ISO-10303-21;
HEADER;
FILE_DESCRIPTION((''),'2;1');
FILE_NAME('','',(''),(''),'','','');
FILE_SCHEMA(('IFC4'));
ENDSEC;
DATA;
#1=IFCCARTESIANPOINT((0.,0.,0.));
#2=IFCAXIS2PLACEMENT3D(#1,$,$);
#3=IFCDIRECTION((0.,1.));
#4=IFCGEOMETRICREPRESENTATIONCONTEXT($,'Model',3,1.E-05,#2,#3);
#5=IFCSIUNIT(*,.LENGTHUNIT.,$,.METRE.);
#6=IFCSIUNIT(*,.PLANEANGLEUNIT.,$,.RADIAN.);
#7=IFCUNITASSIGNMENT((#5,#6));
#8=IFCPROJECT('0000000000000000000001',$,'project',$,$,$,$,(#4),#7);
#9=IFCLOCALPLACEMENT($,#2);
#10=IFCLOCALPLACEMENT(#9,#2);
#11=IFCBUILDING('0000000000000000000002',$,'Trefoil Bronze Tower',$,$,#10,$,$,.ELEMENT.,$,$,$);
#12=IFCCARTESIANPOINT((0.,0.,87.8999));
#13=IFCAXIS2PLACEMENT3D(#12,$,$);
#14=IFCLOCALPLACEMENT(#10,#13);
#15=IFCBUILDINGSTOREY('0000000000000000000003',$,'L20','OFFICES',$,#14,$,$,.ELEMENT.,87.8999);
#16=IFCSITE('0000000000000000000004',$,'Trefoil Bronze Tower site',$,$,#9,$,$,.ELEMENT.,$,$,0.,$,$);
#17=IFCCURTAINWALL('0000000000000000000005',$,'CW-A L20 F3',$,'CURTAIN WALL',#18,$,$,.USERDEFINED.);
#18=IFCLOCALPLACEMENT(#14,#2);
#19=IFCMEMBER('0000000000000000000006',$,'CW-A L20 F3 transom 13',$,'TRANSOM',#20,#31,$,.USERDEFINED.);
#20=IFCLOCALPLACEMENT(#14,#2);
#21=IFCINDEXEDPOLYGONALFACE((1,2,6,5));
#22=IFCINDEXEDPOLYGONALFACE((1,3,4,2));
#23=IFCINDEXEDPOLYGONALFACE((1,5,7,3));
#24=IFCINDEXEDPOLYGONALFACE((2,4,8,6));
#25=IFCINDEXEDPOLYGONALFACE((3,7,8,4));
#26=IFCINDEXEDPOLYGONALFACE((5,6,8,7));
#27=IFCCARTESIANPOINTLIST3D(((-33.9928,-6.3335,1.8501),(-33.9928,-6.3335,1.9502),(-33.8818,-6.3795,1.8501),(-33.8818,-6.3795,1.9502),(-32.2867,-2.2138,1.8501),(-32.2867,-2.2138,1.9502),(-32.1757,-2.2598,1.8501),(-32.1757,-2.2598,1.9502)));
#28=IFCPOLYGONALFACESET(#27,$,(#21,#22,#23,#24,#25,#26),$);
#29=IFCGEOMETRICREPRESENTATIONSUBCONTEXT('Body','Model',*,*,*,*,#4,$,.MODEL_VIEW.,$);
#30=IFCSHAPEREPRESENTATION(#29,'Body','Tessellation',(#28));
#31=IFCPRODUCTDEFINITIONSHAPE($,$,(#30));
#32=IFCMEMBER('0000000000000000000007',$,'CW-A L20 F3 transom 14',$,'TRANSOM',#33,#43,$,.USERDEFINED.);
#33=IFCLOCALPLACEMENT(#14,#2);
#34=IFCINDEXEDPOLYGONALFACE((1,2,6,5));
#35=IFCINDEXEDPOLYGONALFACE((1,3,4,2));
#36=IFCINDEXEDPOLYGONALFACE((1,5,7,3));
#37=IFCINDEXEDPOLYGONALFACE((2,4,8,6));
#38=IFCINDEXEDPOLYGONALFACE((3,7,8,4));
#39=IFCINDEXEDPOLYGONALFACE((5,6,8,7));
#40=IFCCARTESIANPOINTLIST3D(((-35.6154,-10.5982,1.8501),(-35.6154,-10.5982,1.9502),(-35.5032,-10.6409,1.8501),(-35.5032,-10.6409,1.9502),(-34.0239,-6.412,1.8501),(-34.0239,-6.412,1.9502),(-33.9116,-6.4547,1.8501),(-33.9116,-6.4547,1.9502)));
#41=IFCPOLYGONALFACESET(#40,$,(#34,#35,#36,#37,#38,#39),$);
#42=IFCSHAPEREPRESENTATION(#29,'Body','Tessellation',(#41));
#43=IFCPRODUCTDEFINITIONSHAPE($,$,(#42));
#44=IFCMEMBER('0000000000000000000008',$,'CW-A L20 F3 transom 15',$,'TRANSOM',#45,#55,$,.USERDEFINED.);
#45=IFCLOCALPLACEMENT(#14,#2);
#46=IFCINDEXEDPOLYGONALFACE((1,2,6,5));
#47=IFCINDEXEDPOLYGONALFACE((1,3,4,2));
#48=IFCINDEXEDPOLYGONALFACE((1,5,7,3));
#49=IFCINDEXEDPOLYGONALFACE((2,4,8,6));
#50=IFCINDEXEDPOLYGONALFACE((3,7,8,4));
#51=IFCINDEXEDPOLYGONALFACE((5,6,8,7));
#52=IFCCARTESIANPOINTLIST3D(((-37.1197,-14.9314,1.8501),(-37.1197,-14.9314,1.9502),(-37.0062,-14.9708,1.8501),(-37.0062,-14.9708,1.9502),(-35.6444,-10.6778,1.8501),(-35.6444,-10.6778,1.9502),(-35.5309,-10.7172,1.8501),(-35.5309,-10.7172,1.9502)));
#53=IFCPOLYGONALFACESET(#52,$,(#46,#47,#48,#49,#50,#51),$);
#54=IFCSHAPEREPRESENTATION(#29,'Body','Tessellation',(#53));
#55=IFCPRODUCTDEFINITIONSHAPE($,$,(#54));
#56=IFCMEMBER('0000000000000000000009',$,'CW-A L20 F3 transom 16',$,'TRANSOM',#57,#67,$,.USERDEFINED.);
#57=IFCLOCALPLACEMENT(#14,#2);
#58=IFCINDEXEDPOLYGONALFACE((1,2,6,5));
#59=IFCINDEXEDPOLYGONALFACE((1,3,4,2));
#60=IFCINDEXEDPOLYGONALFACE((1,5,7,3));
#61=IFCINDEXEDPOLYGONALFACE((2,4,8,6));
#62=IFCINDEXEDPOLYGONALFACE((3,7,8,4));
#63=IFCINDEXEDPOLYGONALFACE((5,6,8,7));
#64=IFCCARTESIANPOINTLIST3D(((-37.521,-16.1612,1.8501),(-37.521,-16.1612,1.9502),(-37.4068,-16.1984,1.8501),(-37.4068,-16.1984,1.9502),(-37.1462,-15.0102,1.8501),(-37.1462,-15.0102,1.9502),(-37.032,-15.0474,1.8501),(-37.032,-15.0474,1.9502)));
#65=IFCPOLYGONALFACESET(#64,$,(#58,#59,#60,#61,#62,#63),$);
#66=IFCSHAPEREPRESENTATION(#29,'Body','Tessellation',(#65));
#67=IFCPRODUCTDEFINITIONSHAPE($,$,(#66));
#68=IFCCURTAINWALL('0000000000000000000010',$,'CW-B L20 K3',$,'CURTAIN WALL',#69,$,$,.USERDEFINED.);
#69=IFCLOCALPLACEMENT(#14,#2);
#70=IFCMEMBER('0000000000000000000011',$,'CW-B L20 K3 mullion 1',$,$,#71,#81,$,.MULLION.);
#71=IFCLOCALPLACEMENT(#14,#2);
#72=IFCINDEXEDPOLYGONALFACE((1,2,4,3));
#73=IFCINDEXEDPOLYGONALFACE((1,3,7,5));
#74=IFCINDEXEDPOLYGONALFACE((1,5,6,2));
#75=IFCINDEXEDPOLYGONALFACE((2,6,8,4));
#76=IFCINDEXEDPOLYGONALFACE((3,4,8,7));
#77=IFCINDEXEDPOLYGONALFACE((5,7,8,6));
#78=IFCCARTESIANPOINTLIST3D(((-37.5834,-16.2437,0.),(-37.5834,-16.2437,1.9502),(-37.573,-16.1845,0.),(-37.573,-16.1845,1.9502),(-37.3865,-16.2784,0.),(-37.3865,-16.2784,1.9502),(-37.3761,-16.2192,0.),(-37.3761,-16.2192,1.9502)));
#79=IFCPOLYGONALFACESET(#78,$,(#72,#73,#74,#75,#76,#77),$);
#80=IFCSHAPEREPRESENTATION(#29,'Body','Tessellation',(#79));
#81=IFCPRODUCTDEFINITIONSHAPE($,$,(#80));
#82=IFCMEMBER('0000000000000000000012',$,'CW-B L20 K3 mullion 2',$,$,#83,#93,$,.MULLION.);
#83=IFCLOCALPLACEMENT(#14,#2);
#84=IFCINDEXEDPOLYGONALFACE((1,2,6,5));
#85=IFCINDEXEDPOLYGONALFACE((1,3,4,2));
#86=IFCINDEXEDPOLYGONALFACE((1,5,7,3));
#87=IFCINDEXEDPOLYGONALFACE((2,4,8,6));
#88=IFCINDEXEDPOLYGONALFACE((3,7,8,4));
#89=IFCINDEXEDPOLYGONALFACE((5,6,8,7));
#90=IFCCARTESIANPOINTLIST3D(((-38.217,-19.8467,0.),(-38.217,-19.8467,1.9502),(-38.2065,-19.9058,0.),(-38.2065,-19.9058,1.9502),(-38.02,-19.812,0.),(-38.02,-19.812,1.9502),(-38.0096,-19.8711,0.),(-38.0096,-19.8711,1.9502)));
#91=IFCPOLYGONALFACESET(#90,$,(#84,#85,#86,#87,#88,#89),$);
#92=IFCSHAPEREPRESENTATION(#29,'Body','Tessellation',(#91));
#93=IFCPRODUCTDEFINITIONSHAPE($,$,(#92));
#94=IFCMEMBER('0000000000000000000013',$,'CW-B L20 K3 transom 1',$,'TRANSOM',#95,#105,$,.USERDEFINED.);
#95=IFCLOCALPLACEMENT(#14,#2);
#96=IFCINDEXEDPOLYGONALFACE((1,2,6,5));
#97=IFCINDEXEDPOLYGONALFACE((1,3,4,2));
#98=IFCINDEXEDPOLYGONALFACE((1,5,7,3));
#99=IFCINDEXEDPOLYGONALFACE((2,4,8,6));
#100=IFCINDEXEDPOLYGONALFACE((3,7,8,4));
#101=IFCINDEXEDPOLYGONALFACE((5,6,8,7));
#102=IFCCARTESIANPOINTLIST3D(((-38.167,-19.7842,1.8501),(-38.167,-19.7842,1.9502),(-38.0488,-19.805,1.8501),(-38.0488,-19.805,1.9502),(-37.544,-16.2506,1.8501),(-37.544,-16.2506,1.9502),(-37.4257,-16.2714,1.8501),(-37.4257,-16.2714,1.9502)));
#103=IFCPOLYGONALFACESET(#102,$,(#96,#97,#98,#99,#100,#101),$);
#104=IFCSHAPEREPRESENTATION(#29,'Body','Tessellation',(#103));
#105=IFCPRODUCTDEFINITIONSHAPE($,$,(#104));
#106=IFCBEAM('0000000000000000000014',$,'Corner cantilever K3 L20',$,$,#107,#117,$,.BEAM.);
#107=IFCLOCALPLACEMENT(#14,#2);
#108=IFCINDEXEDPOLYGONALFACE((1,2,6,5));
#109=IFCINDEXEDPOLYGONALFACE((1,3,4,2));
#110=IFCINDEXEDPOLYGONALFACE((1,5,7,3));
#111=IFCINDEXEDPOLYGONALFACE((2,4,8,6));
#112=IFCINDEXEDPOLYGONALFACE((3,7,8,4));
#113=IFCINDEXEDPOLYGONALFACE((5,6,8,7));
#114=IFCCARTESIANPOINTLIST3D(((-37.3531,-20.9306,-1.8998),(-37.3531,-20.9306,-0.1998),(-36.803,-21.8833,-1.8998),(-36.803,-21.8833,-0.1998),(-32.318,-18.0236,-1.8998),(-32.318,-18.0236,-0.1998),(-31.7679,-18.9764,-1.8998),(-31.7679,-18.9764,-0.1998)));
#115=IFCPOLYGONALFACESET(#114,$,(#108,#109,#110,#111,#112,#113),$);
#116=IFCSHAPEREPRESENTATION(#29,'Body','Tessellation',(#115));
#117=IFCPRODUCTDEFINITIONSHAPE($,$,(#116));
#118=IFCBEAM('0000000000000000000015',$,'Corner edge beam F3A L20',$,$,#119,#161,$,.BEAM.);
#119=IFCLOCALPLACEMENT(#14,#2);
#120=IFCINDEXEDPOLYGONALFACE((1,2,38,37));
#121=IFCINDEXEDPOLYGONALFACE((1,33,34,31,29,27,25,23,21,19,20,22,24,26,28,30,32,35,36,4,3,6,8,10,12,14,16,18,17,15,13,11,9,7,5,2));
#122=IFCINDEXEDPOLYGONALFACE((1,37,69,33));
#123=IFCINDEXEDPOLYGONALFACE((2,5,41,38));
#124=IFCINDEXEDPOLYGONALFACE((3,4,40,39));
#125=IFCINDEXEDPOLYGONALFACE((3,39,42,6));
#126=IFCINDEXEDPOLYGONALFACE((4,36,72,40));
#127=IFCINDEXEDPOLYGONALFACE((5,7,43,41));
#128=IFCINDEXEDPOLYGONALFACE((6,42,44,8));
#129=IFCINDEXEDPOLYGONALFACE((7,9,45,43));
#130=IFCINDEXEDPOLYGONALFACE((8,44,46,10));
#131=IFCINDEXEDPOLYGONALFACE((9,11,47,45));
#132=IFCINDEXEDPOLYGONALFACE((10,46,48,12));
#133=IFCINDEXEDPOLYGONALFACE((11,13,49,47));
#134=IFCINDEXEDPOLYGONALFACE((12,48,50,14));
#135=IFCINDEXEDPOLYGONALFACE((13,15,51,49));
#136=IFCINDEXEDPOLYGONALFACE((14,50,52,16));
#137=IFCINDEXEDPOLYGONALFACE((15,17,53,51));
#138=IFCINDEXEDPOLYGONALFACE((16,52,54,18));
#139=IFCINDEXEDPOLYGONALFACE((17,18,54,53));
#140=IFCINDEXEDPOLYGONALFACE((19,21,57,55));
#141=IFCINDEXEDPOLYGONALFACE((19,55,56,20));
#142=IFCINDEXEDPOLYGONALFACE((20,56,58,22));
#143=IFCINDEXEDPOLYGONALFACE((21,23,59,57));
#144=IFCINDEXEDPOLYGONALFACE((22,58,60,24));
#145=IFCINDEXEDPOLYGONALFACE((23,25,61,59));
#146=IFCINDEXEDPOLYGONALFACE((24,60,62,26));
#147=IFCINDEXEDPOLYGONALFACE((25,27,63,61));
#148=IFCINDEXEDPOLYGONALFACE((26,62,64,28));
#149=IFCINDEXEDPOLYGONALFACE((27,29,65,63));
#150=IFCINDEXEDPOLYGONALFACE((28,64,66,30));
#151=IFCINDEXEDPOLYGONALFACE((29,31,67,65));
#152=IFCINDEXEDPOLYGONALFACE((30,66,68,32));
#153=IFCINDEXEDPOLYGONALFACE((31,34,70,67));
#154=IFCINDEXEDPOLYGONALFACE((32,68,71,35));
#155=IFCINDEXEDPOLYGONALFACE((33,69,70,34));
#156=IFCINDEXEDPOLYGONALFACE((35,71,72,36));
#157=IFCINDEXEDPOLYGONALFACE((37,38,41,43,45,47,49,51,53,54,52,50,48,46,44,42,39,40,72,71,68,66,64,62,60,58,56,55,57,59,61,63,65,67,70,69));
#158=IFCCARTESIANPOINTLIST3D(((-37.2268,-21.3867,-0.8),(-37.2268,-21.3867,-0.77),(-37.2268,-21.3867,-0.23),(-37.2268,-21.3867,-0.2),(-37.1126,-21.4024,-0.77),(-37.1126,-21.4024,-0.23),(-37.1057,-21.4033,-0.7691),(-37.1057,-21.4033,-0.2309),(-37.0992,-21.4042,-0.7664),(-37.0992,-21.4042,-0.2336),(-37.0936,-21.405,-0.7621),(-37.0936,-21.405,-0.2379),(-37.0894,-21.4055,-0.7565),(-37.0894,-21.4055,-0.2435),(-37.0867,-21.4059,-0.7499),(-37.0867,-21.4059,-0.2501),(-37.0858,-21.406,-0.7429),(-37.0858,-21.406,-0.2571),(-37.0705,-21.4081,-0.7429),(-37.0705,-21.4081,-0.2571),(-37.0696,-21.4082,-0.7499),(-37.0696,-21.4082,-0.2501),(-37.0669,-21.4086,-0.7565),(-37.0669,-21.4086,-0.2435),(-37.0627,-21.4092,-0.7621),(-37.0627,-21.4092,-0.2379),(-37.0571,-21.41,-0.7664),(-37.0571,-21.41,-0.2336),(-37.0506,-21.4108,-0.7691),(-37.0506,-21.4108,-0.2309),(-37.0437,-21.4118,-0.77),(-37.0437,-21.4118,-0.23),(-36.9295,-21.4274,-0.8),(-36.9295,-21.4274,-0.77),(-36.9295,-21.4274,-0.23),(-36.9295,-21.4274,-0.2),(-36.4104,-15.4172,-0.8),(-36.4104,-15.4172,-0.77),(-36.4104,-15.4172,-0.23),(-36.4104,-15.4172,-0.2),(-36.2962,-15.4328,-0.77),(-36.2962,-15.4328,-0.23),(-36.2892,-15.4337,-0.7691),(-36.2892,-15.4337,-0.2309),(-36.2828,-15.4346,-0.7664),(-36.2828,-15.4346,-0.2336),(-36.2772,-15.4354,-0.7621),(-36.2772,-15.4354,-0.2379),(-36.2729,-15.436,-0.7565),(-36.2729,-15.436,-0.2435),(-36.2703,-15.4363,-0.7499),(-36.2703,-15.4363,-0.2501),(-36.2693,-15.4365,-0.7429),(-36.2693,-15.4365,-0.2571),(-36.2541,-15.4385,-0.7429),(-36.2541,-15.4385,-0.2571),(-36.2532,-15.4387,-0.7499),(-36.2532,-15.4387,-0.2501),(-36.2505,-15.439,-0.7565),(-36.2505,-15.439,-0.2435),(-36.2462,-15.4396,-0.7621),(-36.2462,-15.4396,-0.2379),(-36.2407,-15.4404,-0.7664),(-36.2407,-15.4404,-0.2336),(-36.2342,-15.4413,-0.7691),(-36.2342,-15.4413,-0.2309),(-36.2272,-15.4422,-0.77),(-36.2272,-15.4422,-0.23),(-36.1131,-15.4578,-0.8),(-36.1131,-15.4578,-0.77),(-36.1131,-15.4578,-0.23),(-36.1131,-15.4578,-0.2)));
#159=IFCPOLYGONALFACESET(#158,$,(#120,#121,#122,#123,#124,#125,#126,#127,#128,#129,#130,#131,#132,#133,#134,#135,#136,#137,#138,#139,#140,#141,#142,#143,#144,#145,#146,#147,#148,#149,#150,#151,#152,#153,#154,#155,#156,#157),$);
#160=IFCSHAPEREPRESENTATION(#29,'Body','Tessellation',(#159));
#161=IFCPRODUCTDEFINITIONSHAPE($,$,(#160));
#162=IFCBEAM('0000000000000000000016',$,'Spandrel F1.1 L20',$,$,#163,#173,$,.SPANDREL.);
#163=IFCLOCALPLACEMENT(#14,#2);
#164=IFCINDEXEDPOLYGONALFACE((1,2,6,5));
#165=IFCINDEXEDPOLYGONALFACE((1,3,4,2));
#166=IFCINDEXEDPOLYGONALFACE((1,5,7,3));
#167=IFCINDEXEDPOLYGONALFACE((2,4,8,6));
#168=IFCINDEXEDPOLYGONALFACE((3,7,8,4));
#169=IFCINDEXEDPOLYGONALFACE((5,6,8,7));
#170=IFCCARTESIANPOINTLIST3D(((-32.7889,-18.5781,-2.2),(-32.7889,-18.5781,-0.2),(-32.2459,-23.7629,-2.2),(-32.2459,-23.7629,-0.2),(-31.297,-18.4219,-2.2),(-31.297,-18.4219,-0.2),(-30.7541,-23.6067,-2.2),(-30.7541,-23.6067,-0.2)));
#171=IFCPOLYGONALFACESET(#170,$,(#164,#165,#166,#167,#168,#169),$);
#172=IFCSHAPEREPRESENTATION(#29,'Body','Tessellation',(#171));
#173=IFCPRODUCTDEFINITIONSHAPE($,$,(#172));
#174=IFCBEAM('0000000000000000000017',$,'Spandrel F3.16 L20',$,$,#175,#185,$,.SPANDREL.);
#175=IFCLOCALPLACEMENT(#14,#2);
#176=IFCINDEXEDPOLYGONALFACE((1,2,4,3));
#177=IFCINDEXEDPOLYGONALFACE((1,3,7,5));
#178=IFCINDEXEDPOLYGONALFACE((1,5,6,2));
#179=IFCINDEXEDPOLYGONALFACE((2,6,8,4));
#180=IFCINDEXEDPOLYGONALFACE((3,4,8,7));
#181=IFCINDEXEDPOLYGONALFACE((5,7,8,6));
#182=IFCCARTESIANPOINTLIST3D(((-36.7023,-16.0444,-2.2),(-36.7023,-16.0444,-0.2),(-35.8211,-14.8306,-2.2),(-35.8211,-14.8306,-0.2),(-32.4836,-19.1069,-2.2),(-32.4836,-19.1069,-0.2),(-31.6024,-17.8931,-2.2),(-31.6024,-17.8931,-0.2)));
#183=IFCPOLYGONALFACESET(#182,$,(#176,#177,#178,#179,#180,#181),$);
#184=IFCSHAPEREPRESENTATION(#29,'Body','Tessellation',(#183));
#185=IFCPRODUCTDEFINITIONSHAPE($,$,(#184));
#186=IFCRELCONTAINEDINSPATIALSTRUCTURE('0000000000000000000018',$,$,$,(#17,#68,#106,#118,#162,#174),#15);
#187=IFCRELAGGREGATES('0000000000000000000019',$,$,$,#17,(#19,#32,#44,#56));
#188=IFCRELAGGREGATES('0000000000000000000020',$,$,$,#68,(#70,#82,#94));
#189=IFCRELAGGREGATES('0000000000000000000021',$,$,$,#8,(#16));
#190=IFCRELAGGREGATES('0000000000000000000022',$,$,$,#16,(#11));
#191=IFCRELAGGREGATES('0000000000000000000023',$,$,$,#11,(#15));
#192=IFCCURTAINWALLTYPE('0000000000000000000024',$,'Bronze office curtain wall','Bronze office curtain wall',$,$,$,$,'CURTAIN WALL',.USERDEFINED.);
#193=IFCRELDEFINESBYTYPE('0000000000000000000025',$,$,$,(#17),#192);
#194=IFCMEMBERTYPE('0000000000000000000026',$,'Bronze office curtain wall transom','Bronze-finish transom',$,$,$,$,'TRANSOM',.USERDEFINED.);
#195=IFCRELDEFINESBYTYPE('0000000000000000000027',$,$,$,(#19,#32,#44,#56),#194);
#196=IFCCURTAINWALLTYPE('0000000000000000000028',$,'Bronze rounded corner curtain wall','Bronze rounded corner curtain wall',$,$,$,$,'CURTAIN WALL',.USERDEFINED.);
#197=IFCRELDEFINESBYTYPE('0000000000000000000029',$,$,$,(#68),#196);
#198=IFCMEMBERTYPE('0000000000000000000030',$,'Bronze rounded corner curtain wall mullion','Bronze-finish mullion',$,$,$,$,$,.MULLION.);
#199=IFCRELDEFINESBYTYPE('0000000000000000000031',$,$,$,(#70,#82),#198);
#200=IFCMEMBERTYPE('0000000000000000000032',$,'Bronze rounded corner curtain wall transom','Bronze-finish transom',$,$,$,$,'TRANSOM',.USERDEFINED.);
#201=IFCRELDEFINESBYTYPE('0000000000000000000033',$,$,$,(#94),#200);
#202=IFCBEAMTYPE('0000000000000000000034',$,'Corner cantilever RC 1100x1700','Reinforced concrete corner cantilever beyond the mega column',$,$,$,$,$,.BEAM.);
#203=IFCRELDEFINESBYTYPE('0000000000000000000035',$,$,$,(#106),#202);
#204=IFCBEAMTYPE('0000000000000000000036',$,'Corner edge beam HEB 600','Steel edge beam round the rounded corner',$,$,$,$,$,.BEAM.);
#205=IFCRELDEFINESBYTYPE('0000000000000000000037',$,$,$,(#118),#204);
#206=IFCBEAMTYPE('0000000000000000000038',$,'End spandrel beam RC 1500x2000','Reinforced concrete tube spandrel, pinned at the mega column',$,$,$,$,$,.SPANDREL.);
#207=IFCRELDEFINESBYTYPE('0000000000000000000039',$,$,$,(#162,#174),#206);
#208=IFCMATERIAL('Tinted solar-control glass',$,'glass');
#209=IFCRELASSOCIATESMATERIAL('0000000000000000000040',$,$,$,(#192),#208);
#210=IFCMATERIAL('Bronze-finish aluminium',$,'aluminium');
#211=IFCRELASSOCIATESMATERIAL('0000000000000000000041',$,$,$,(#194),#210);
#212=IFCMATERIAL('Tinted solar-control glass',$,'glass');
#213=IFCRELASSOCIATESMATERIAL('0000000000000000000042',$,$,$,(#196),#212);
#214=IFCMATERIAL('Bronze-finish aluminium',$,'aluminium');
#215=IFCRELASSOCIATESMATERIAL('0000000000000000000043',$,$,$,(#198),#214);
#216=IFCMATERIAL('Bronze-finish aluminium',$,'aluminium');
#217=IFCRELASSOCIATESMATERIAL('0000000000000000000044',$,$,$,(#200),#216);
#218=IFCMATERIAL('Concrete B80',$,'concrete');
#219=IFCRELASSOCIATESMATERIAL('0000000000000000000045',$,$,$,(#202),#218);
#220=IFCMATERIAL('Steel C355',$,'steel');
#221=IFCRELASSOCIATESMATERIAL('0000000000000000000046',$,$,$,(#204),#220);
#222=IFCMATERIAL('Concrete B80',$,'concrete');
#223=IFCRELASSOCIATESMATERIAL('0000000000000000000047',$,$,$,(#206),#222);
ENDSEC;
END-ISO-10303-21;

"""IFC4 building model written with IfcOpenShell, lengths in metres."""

from ifc_helpers import new_model, si_unit, direction, frame, origin, origin_2d, place, context, subcontext, project, spatial, rectangle, i_section, extrude, material, material_profile, profile_set, type_object, element, aggregate, save


model = new_model("IFC4")

# Units and contexts
model_context = context("Model", 3, precision=1e-05, world=origin(), true_north=direction((0.0, 1.0)))
body_context = subcontext(model_context, "Body", "Model", "MODEL_VIEW")
ifc_project = project(units=[si_unit("LENGTHUNIT", "METRE"), si_unit("PLANEANGLEUNIT", "RADIAN")], contexts=[model_context])

# Site, building, storey
site_placement = place(None, origin())
site = spatial("IfcSite", under=ifc_project, at=site_placement, Name="Trefoil Bronze Tower site", CompositionType="ELEMENT", RefElevation=0.0)
building_placement = place(site_placement, origin())
building = spatial("IfcBuilding", under=site, at=building_placement, Name="Trefoil Bronze Tower", CompositionType="ELEMENT")
storey_placement = place(building_placement, frame((0.0, 0.0, 87.8999)))
storey = spatial("IfcBuildingStorey", under=building, at=storey_placement, Name="L20", Description="OFFICES", CompositionType="ELEMENT", Elevation=87.8999)

# Curtain walls, members
ifc_material_1 = material(Name="Tinted solar-control glass", Category="glass")
curtain_wall_type_1 = type_object("IfcCurtainWallType", Name="Bronze office curtain wall", Description="Bronze office curtain wall", ElementType="CURTAIN WALL", PredefinedType="USERDEFINED", material=ifc_material_1)
curtain_wall_1_placement = place(storey_placement, origin())
curtain_wall_1 = element("IfcCurtainWall", 1, at=curtain_wall_1_placement, inside=storey, type_object=curtain_wall_type_1, Name="CW-A L20 F3", ObjectType="CURTAIN WALL", PredefinedType="USERDEFINED")
ifc_material_2 = material(Name="Bronze-finish aluminium", Category="aluminium")
ifc_material_profile_1 = material_profile(ifc_material_2, rectangle(XDim=0.1201, YDim=0.1001, at=origin_2d()), Name="CW-A transom")
ifc_profile_set_1 = profile_set([ifc_material_profile_1], Name="Bronze-finish aluminium")
member_type_1 = type_object("IfcMemberType", Name="Bronze office curtain wall transom", Description="Bronze-finish transom", ElementType="TRANSOM", PredefinedType="USERDEFINED", material=ifc_profile_set_1)
member_1_placement = place(storey_placement, frame((-32.2312, -2.2368, 1.9001), z_axis=(-0.382616, -0.923907, 0.0), x_axis=(0.923907, -0.382616, 0.0)))
member_1 = element("IfcMember", 2, at=member_1_placement, type_object=member_type_1, Name="CW-A L20 F3 transom 13", ObjectType="TRANSOM", PredefinedType="USERDEFINED", context=body_context, shape_type="SweptSolid", body=[
    extrude(rectangle(XDim=0.1201, YDim=0.1001, at=origin_2d()), origin(), (0.0, 0.0, 1.0), 4.459),
])
member_2_placement = place(storey_placement, frame((-33.9678, -6.4333, 1.9001), z_axis=(-0.355367, -0.934727, 0.0), x_axis=(0.934727, -0.355367, 0.0)))
member_2 = element("IfcMember", 3, at=member_2_placement, type_object=member_type_1, Name="CW-A L20 F3 transom 14", ObjectType="TRANSOM", PredefinedType="USERDEFINED", context=body_context, shape_type="SweptSolid", body=[
    extrude(rectangle(XDim=0.1201, YDim=0.1001, at=origin_2d()), origin(), (0.0, 0.0, 1.0), 4.4785),
])
member_3_placement = place(storey_placement, frame((-35.5876, -10.6975, 1.9001), z_axis=(-0.32769, -0.944785, 0.0), x_axis=(0.944785, -0.32769, 0.0)))
member_3 = element("IfcMember", 4, at=member_3_placement, type_object=member_type_1, Name="CW-A L20 F3 transom 15", ObjectType="TRANSOM", PredefinedType="USERDEFINED", context=body_context, shape_type="SweptSolid", body=[
    extrude(rectangle(XDim=0.1201, YDim=0.1001, at=origin_2d()), origin(), (0.0, 0.0, 1.0), 4.5022),
])
member_4_placement = place(storey_placement, frame((-37.0891, -15.0288, 1.9001), z_axis=(-0.309624, -0.950859, 0.0), x_axis=(0.950859, -0.309624, 0.0)))
member_4 = element("IfcMember", 5, at=member_4_placement, type_object=member_type_1, Name="CW-A L20 F3 transom 16", ObjectType="TRANSOM", PredefinedType="USERDEFINED", context=body_context, shape_type="SweptSolid", body=[
    extrude(rectangle(XDim=0.1201, YDim=0.1001, at=origin_2d()), origin(), (0.0, 0.0, 1.0), 1.2104),
])
ifc_material_3 = material(Name="Tinted solar-control glass", Category="glass")
curtain_wall_type_2 = type_object("IfcCurtainWallType", Name="Bronze rounded corner curtain wall", Description="Bronze rounded corner curtain wall", ElementType="CURTAIN WALL", PredefinedType="USERDEFINED", material=ifc_material_3)
curtain_wall_2_placement = place(storey_placement, origin())
curtain_wall_2 = element("IfcCurtainWall", 6, at=curtain_wall_2_placement, inside=storey, type_object=curtain_wall_type_2, Name="CW-B L20 K3", ObjectType="CURTAIN WALL", PredefinedType="USERDEFINED")
ifc_material_4 = material(Name="Bronze-finish aluminium", Category="aluminium")
ifc_material_profile_2 = material_profile(ifc_material_4, rectangle(XDim=0.2, YDim=0.0601, at=origin_2d()), Name="CW-B mullion")
ifc_profile_set_2 = profile_set([ifc_material_profile_2], Name="Bronze-finish aluminium")
member_type_2 = type_object("IfcMemberType", Name="Bronze rounded corner curtain wall mullion", Description="Bronze-finish mullion", PredefinedType="MULLION", material=ifc_profile_set_2)
member_5_placement = place(storey_placement, frame((-37.4797, -16.2314, 0.0), z_axis=(0.0, 0.0, 1.0), x_axis=(0.984808, -0.173648, 0.0)))
member_5 = element("IfcMember", 7, at=member_5_placement, type_object=member_type_2, Name="CW-B L20 K3 mullion 1", PredefinedType="MULLION", context=body_context, shape_type="SweptSolid", body=[
    extrude(rectangle(XDim=0.2, YDim=0.0601, at=origin_2d()), origin(), (0.0, 0.0, 1.0), 1.9502),
])
member_6_placement = place(storey_placement, frame((-38.1133, -19.8589, 0.0), z_axis=(0.0, 0.0, 1.0), x_axis=(0.984808, 0.173648, 0.0)))
member_6 = element("IfcMember", 8, at=member_6_placement, type_object=member_type_2, Name="CW-B L20 K3 mullion 2", PredefinedType="MULLION", context=body_context, shape_type="SweptSolid", body=[
    extrude(rectangle(XDim=0.2, YDim=0.0601, at=origin_2d()), origin(), (0.0, 0.0, 1.0), 1.9502),
])
ifc_material_5 = material(Name="Bronze-finish aluminium", Category="aluminium")
ifc_material_profile_3 = material_profile(ifc_material_5, rectangle(XDim=0.1201, YDim=0.1001, at=origin_2d()), Name="CW-B transom")
ifc_profile_set_3 = profile_set([ifc_material_profile_3], Name="Bronze-finish aluminium")
member_type_3 = type_object("IfcMemberType", Name="Bronze rounded corner curtain wall transom", Description="Bronze-finish transom", ElementType="TRANSOM", PredefinedType="USERDEFINED", material=ifc_profile_set_3)
member_7_placement = place(storey_placement, frame((-37.4849, -16.261, 1.9001), z_axis=(-0.173638, -0.98481, 0.0), x_axis=(0.98481, -0.173638, 0.0)))
member_7 = element("IfcMember", 9, at=member_7_placement, type_object=member_type_3, Name="CW-B L20 K3 transom 1", ObjectType="TRANSOM", PredefinedType="USERDEFINED", context=body_context, shape_type="SweptSolid", body=[
    extrude(rectangle(XDim=0.1201, YDim=0.1001, at=origin_2d()), origin(), (0.0, 0.0, 1.0), 3.5881),
])

# Beams
ifc_material_6 = material(Name="Concrete B80", Category="concrete")
ifc_material_profile_4 = material_profile(ifc_material_6, rectangle(XDim=1.1001, YDim=1.7, at=origin_2d()), Name="RC 1100x1700")
ifc_profile_set_4 = profile_set([ifc_material_profile_4], Name="Concrete B80")
beam_type_1 = type_object("IfcBeamType", Name="Corner cantilever RC 1100x1700", Description="Reinforced concrete corner cantilever beyond the mega column", PredefinedType="BEAM", material=ifc_profile_set_4)
beam_1_placement = place(storey_placement, frame((-32.043, -18.5, -1.0498), z_axis=(-0.86603, -0.499991, 0.0), x_axis=(0.499991, -0.86603, 0.0)))
element("IfcBeam", 10, at=beam_1_placement, inside=storey, type_object=beam_type_1, Name="Corner cantilever K3 L20", PredefinedType="BEAM", context=body_context, shape_type="SweptSolid", body=[
    extrude(rectangle(XDim=1.1001, YDim=1.7, at=origin_2d()), origin(), (0.0, 0.0, 1.0), 5.814),
])
ifc_material_7 = material(Name="Steel C355", Category="steel")
ifc_material_profile_5 = material_profile(ifc_material_7, i_section(OverallWidth=0.3, OverallDepth=0.6001, WebThickness=0.0154, FlangeThickness=0.03, FilletRadius=0.0271, at=origin_2d()), Name="HEB 600")
ifc_profile_set_5 = profile_set([ifc_material_profile_5], Name="Steel C355")
beam_type_2 = type_object("IfcBeamType", Name="Corner edge beam HEB 600", Description="Steel edge beam round the rounded corner", PredefinedType="BEAM", material=ifc_profile_set_5)
beam_2_placement = place(storey_placement, frame((-36.2617, -15.4375, -0.5), z_axis=(-0.135502, -0.990777, 0.0), x_axis=(0.990777, -0.135502, 0.0)))
element("IfcBeam", 11, at=beam_2_placement, inside=storey, type_object=beam_type_2, Name="Corner edge beam F3A L20", PredefinedType="BEAM", context=body_context, shape_type="SweptSolid", body=[
    extrude(i_section(OverallWidth=0.3, OverallDepth=0.6001, WebThickness=0.0154, FlangeThickness=0.03, FilletRadius=0.0271, at=origin_2d()), origin(), (0.0, 0.0, 1.0), 6.0251),
])
ifc_material_8 = material(Name="Concrete B80", Category="concrete")
ifc_material_profile_6 = material_profile(ifc_material_8, rectangle(XDim=1.5, YDim=2.0, at=origin_2d()), Name="RC 1500x2000")
ifc_profile_set_6 = profile_set([ifc_material_profile_6], Name="Concrete B80")
beam_type_3 = type_object("IfcBeamType", Name="End spandrel beam RC 1500x2000", Description="Reinforced concrete tube spandrel, pinned at the mega column", PredefinedType="SPANDREL", material=ifc_profile_set_6)
for number, where, z_axis, x_axis, name in (
    (12, (-32.043, -18.5, -1.2), (0.104153, -0.994561, 0.0), (0.994561, 0.104153, 0.0), "Spandrel F1.1 L20"),
    (13, (-36.2617, -15.4375, -1.2), (0.809254, -0.587459, 0.0), (0.587459, 0.809254, 0.0), "Spandrel F3.16 L20"),
):
    element("IfcBeam", number, at=place(storey_placement, frame(where, z_axis=z_axis, x_axis=x_axis)), inside=storey, type_object=beam_type_3, Name=name, PredefinedType="SPANDREL", context=body_context, shape_type="SweptSolid", body=[
        extrude(rectangle(XDim=1.5, YDim=2.0, at=origin_2d()), origin(), (0.0, 0.0, 1.0), 5.2131),
    ])

aggregate(curtain_wall_1, [member_1, member_2, member_3, member_4])
aggregate(curtain_wall_2, [member_5, member_6, member_7])

save(model, "model.ifc")
